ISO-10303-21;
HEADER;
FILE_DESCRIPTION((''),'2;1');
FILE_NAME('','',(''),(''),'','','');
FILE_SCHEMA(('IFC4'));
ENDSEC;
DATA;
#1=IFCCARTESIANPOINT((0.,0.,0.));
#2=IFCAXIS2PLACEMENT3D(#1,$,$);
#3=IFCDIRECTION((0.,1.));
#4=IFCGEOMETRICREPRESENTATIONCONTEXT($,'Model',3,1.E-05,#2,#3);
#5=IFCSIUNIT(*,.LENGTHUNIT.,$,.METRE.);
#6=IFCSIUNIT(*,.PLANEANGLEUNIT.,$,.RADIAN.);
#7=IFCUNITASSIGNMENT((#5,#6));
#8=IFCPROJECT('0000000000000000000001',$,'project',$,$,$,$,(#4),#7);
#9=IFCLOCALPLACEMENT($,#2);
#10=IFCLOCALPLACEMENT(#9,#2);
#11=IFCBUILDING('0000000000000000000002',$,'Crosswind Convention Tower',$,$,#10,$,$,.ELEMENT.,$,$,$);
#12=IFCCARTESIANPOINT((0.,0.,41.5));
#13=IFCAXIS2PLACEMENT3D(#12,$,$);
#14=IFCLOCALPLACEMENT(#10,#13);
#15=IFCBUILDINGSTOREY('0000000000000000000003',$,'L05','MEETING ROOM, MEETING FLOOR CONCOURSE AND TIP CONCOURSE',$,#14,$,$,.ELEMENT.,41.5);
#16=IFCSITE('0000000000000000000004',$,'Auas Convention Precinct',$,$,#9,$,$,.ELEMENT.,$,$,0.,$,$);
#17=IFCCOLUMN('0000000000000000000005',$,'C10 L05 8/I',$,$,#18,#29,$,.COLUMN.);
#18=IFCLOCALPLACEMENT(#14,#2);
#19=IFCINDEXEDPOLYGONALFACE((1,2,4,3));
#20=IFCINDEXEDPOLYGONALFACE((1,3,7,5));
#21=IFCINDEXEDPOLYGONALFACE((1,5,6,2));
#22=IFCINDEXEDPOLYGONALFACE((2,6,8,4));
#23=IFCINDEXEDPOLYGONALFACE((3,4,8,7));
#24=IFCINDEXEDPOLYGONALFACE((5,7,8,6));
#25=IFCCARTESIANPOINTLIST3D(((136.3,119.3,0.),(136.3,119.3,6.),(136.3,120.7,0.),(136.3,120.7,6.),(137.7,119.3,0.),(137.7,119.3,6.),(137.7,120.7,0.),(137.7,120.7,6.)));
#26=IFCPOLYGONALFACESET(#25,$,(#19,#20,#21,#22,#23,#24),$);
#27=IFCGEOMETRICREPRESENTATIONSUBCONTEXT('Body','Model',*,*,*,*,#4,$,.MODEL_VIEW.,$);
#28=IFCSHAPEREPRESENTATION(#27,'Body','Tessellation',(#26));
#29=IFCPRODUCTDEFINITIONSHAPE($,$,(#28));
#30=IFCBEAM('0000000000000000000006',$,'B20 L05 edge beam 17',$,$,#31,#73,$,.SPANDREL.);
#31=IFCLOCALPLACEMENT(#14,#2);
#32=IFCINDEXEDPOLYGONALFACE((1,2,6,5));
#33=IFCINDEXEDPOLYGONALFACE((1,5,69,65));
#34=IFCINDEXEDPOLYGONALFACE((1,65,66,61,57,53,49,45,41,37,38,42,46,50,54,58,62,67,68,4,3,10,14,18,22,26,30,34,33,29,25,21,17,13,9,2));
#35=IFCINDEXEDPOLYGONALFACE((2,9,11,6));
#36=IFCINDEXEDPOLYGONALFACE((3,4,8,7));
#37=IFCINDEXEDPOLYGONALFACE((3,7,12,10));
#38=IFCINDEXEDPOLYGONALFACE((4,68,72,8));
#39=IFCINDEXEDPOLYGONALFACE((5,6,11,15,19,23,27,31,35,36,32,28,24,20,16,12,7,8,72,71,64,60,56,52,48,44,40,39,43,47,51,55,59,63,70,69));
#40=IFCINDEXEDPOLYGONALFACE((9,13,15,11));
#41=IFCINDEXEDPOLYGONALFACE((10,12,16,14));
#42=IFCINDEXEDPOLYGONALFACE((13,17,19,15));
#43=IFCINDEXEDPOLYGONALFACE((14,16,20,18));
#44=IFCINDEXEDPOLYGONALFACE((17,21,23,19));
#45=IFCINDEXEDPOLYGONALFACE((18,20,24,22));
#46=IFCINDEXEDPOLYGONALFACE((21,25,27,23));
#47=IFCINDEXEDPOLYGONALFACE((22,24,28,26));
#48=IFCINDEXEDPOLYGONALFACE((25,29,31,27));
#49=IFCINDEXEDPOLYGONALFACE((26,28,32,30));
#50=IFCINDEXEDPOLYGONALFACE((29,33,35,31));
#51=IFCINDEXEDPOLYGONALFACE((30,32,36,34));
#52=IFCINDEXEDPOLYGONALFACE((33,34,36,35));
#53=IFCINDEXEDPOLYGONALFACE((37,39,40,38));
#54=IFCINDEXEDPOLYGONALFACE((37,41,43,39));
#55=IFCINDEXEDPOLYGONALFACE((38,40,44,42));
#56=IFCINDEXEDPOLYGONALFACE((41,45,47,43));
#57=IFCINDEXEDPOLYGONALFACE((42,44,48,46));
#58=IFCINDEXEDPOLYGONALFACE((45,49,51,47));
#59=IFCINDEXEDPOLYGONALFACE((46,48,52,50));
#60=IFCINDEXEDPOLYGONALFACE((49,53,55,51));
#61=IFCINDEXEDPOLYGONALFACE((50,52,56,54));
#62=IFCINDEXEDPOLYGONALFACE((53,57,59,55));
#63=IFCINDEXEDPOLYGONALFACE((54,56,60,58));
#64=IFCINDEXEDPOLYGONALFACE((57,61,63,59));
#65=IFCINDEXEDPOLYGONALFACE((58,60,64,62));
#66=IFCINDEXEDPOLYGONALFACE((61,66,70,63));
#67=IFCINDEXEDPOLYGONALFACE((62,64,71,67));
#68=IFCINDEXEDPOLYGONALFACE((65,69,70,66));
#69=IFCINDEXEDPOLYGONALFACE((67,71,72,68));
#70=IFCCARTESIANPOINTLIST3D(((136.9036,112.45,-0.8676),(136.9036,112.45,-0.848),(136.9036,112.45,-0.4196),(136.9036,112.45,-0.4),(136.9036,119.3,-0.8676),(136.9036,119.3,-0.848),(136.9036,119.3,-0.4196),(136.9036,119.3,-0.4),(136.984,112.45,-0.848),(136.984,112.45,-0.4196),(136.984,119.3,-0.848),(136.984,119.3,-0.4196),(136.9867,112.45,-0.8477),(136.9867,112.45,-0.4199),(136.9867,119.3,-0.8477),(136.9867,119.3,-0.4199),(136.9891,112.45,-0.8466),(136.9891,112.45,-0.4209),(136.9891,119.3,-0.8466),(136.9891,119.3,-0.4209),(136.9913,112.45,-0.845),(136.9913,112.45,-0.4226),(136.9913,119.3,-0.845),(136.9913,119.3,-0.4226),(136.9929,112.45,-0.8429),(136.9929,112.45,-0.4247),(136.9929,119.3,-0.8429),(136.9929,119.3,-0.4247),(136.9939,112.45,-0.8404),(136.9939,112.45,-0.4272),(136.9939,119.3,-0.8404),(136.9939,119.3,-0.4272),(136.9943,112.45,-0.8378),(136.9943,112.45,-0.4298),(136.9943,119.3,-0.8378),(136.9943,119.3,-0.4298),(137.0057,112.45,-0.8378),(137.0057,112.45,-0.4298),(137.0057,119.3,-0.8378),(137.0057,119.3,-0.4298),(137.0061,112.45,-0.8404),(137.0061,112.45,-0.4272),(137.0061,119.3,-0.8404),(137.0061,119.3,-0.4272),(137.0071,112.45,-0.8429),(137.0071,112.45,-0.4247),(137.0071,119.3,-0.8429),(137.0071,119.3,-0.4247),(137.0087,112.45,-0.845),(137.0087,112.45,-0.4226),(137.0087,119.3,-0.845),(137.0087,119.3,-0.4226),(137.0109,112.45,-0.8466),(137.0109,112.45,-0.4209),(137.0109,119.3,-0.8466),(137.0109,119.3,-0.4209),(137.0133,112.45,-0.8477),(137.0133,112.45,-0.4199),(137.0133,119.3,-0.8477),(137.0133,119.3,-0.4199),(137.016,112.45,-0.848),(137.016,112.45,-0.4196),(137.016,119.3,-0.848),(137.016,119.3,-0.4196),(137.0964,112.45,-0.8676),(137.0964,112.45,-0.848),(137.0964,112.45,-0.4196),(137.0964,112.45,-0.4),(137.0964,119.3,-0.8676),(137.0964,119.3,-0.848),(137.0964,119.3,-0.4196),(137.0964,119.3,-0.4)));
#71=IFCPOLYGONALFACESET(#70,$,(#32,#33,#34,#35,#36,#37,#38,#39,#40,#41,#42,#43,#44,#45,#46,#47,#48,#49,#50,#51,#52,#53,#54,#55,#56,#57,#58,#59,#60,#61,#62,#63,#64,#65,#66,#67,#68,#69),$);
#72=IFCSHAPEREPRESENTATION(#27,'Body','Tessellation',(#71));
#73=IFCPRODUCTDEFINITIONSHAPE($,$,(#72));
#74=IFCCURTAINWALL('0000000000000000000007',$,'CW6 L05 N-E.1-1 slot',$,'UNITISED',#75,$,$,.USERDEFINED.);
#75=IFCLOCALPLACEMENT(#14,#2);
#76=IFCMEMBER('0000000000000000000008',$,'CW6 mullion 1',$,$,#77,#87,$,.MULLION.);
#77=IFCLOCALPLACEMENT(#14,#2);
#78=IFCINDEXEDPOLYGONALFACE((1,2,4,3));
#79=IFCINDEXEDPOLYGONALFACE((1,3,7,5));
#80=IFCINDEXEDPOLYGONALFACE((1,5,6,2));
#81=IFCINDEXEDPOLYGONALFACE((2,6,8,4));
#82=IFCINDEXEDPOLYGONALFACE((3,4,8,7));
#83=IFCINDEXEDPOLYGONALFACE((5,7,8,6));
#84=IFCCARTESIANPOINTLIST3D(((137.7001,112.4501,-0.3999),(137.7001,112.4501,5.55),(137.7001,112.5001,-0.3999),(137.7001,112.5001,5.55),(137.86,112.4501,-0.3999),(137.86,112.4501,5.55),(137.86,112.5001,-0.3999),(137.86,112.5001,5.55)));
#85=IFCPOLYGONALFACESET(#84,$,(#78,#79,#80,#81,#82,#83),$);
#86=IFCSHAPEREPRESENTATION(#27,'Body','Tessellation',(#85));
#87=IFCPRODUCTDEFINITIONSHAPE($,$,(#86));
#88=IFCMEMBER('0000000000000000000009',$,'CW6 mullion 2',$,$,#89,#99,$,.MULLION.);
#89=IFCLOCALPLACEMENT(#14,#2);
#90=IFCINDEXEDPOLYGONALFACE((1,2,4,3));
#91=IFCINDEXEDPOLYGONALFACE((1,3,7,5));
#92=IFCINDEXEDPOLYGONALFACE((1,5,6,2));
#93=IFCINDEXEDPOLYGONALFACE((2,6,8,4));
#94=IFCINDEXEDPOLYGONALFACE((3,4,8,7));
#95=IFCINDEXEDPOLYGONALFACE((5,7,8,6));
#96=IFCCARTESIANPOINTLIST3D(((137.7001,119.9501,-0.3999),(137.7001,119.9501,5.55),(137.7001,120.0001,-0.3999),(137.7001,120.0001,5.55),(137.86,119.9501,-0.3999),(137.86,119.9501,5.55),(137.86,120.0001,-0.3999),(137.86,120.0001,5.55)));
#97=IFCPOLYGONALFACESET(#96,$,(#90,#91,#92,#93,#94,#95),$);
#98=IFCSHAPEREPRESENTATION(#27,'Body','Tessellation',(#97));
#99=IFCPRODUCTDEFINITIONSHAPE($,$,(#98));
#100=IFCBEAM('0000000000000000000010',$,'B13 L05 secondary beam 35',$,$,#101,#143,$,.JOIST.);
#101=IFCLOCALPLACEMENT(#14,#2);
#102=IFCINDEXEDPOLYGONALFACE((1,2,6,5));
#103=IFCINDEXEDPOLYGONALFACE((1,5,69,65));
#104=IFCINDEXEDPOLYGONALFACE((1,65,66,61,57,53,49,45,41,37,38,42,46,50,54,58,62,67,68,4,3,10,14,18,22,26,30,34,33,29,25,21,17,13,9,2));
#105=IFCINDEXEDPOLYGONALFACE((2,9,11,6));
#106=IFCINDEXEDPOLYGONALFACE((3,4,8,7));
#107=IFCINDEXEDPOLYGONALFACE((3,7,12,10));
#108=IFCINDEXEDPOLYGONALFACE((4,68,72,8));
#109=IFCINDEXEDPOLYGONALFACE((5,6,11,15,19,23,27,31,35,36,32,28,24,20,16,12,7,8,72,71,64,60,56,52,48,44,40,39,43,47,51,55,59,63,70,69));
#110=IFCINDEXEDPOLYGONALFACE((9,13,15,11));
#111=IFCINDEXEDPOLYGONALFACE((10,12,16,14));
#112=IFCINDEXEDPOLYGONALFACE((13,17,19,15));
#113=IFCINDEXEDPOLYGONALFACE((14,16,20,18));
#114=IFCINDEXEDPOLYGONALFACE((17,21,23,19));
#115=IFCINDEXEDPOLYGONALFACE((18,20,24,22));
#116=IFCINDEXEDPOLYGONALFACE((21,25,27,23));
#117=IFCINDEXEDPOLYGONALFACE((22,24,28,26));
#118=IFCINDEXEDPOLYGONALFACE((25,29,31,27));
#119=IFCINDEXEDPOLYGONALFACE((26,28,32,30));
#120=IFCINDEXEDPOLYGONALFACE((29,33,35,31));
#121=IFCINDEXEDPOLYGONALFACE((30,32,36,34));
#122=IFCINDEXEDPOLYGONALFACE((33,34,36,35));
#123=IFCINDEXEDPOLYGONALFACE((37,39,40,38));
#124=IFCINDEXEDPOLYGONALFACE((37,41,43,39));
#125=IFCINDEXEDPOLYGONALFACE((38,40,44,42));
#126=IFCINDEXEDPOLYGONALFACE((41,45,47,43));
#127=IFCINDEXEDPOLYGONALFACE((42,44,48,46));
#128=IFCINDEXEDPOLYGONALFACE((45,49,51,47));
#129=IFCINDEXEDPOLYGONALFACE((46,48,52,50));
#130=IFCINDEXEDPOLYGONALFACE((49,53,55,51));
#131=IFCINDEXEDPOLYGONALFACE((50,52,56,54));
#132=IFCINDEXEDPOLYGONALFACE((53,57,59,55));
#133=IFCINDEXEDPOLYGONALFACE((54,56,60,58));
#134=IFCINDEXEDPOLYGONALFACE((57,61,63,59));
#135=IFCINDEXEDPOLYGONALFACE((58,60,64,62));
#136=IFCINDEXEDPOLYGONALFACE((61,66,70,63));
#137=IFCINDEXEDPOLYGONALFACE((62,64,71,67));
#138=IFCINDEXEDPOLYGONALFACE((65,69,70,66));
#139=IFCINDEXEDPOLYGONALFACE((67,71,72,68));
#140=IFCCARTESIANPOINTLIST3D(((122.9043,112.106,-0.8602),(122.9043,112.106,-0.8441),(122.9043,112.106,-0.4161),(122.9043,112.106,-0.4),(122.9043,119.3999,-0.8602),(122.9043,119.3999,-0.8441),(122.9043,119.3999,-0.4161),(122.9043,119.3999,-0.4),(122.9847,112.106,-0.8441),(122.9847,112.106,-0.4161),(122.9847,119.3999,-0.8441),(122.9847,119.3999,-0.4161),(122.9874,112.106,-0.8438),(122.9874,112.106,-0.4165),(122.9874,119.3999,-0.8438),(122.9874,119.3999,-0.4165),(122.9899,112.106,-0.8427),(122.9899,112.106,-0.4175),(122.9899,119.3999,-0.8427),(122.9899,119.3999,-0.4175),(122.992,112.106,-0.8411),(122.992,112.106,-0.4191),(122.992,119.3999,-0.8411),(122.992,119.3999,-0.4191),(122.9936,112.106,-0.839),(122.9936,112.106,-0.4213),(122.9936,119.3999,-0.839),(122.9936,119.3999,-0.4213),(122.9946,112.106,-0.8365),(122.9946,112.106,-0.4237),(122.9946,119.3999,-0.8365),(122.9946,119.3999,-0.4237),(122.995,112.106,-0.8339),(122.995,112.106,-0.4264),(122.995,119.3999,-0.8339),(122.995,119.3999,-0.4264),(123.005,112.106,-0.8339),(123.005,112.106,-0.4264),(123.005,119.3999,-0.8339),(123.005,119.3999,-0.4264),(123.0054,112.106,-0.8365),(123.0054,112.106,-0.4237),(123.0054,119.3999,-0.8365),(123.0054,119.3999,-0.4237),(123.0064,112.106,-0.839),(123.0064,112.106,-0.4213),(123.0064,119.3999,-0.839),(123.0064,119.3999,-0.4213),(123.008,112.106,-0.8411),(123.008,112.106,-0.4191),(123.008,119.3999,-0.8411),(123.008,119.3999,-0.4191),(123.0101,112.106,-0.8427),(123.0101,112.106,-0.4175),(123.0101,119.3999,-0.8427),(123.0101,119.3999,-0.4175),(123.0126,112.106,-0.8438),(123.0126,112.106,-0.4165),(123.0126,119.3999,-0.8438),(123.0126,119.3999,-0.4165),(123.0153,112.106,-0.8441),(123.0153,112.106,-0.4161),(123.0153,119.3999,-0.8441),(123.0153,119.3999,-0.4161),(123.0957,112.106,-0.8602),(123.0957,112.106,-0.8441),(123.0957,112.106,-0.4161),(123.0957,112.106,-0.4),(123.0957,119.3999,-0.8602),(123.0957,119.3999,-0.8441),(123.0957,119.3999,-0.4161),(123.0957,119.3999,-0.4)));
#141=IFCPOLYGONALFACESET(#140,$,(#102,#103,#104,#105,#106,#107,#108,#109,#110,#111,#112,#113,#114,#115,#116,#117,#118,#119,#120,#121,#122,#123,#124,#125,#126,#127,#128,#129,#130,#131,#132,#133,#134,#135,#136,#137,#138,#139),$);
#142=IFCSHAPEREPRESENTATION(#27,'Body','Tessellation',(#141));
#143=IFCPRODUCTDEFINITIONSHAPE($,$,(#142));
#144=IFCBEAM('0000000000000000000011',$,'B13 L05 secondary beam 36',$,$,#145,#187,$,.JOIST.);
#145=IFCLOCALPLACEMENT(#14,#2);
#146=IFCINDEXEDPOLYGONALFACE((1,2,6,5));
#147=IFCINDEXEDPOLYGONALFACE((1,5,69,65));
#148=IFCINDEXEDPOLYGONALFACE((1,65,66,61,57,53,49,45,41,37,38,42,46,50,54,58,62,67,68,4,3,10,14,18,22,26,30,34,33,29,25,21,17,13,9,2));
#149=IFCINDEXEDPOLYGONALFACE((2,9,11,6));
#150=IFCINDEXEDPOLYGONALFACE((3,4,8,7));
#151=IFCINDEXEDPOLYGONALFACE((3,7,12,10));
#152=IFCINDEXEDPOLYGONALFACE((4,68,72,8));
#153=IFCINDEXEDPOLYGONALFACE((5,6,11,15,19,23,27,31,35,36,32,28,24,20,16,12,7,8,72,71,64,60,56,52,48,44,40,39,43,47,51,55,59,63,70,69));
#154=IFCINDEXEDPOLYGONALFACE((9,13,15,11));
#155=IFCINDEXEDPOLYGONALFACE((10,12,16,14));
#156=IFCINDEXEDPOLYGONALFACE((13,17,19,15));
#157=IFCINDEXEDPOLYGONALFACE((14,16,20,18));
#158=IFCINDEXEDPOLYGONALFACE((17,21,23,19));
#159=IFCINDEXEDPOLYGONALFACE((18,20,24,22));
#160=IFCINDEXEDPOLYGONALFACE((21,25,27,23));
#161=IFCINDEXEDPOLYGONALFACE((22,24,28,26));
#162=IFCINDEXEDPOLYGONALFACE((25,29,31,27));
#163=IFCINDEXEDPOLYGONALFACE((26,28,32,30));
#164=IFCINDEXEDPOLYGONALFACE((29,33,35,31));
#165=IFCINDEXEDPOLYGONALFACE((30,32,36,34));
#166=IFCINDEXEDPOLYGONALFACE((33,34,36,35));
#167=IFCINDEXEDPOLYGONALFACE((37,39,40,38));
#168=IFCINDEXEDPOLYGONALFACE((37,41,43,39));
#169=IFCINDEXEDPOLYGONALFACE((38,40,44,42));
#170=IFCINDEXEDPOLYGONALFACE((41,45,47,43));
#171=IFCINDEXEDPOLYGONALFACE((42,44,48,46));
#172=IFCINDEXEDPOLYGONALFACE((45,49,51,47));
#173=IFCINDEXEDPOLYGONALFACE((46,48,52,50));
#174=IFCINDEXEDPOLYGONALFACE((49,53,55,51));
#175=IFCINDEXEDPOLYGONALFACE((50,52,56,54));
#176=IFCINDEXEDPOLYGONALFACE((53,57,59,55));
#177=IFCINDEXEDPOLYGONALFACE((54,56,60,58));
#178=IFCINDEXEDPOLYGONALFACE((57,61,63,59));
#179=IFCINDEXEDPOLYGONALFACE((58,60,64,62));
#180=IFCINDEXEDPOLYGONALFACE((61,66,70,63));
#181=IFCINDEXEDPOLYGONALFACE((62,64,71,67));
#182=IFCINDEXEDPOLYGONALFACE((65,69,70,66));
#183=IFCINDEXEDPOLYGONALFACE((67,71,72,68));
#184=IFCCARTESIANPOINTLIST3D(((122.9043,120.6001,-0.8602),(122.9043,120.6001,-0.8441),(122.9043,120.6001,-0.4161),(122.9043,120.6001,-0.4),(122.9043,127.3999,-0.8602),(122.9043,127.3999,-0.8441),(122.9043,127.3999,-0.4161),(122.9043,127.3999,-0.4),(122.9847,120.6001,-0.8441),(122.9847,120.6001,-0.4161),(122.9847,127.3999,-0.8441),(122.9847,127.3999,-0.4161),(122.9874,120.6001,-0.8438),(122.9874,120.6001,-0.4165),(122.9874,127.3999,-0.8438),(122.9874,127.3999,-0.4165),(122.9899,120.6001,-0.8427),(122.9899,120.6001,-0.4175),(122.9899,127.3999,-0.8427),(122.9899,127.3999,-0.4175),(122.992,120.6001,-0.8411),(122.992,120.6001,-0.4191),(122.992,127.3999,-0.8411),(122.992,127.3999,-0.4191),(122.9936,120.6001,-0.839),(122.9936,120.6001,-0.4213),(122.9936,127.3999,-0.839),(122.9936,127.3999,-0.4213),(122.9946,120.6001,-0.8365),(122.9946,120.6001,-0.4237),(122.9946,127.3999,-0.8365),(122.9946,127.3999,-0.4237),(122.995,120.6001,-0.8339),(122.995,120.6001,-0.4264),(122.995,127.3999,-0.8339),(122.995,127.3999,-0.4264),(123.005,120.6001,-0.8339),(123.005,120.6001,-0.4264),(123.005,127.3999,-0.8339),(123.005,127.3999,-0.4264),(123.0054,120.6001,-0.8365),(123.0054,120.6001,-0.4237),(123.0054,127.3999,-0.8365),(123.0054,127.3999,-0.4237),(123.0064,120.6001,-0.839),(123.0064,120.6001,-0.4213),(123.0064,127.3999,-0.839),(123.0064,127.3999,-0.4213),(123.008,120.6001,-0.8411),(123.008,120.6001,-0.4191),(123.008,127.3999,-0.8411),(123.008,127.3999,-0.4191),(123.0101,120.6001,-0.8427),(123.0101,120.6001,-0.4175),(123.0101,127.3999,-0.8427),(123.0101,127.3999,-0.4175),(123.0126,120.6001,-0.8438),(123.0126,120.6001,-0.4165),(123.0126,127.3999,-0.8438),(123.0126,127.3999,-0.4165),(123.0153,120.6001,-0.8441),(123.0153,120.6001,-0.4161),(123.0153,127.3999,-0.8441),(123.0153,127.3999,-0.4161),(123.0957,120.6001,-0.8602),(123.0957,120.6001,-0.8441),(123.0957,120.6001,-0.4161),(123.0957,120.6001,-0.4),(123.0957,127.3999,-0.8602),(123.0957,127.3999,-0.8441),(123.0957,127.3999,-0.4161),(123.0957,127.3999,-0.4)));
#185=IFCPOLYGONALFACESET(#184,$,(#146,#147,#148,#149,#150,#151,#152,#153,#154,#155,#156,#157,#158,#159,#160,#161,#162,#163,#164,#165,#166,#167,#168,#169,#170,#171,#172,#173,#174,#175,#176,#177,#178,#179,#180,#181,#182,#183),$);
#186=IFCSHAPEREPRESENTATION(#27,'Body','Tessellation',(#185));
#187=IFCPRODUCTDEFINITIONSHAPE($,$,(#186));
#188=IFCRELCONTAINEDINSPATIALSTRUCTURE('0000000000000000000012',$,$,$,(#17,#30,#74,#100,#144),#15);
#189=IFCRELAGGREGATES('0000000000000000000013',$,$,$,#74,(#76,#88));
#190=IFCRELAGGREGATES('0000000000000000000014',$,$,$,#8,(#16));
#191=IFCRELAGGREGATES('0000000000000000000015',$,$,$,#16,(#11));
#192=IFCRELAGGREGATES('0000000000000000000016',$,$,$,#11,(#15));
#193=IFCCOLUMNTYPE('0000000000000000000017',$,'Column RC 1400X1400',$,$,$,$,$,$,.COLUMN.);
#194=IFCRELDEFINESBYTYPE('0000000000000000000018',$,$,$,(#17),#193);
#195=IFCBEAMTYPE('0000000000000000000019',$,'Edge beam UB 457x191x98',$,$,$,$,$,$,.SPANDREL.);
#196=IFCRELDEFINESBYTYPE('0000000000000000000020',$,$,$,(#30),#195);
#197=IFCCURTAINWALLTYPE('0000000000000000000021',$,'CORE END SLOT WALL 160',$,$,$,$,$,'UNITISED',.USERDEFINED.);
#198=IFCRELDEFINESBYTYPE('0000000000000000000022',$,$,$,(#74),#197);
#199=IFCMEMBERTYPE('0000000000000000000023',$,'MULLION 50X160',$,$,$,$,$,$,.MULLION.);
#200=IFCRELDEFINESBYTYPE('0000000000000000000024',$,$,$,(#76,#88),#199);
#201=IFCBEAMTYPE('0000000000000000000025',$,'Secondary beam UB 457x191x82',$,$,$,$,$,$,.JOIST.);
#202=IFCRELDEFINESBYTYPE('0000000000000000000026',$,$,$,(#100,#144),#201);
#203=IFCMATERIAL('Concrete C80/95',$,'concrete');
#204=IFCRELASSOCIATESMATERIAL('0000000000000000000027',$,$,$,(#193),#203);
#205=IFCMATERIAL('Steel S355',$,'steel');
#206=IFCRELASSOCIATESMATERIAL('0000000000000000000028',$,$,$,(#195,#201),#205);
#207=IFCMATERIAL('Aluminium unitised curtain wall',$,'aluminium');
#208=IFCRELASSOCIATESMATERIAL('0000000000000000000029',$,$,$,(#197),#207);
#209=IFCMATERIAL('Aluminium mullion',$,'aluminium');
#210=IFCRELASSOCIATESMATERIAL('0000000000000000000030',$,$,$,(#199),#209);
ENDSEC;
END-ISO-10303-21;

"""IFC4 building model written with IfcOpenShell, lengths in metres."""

from ifc_helpers import new_model, si_unit, direction, frame, origin, origin_2d, place, context, subcontext, project, spatial, rectangle, i_section, extrude, material, material_profile, profile_set, type_object, element, aggregate, save


model = new_model("IFC4")

# Units and contexts
model_context = context("Model", 3, precision=1e-05, world=origin(), true_north=direction((0.0, 1.0)))
body_context = subcontext(model_context, "Body", "Model", "MODEL_VIEW")
ifc_project = project(units=[si_unit("LENGTHUNIT", "METRE"), si_unit("PLANEANGLEUNIT", "RADIAN")], contexts=[model_context])

# Site, building, storey
site_placement = place(None, origin())
site = spatial("IfcSite", under=ifc_project, at=site_placement, Name="Auas Convention Precinct", CompositionType="ELEMENT", RefElevation=0.0)
building_placement = place(site_placement, origin())
building = spatial("IfcBuilding", under=site, at=building_placement, Name="Crosswind Convention Tower", CompositionType="ELEMENT")
storey_placement = place(building_placement, frame((0.0, 0.0, 41.5)))
storey = spatial("IfcBuildingStorey", under=building, at=storey_placement, Name="L05", Description="MEETING ROOM, MEETING FLOOR CONCOURSE AND TIP CONCOURSE", CompositionType="ELEMENT", Elevation=41.5)

# Column
ifc_material_1 = material(Name="Concrete C80/95", Category="concrete")
ifc_material_profile_1 = material_profile(ifc_material_1, rectangle(XDim=1.3999, YDim=1.3999, at=origin_2d()), Name="RC 1400X1400")
ifc_profile_set_1 = profile_set([ifc_material_profile_1], Name="Concrete C80/95")
column_type = type_object("IfcColumnType", Name="Column RC 1400X1400", PredefinedType="COLUMN", material=ifc_profile_set_1)
column_placement = place(storey_placement, frame((137.0, 120.0, 0.0), z_axis=(0.0, 0.0, 1.0), x_axis=(1.0, 0.0, 0.0)))
element("IfcColumn", 1, at=column_placement, inside=storey, type_object=column_type, Name="C10 L05 8/I", PredefinedType="COLUMN", context=body_context, shape_type="SweptSolid", body=[
    extrude(rectangle(XDim=1.3999, YDim=1.3999, at=origin_2d()), origin(), (0.0, 0.0, 1.0), 6.0),
])

# Beam
ifc_material_2 = material(Name="Steel S355", Category="steel")
ifc_material_profile_2 = material_profile(ifc_material_2, i_section(OverallWidth=0.1929, OverallDepth=0.4675, WebThickness=0.0115, FlangeThickness=0.0195, FilletRadius=0.0103, at=origin_2d()), Name="UB 457x191x98")
ifc_profile_set_2 = profile_set([ifc_material_profile_2], Name="Steel S355")
beam_type_1 = type_object("IfcBeamType", Name="Edge beam UB 457x191x98", PredefinedType="SPANDREL", material=ifc_profile_set_2)
beam_1_placement = place(storey_placement, frame((137.0, 112.45, -0.6338), z_axis=(0.0, 1.0, 0.0), x_axis=(-1.0, 0.0, 0.0)))
element("IfcBeam", 2, at=beam_1_placement, inside=storey, type_object=beam_type_1, Name="B20 L05 edge beam 17", PredefinedType="SPANDREL", context=body_context, shape_type="SweptSolid", body=[
    extrude(i_section(OverallWidth=0.1929, OverallDepth=0.4675, WebThickness=0.0115, FlangeThickness=0.0195, FilletRadius=0.0103, at=origin_2d()), origin(), (0.0, 0.0, 1.0), 6.8501),
])

# Curtain wall, members
ifc_material_3 = material(Name="Aluminium unitised curtain wall", Category="aluminium")
curtain_wall_type = type_object("IfcCurtainWallType", Name="CORE END SLOT WALL 160", ElementType="UNITISED", PredefinedType="USERDEFINED", material=ifc_material_3)
curtain_wall_placement = place(storey_placement, origin())
curtain_wall = element("IfcCurtainWall", 3, at=curtain_wall_placement, inside=storey, type_object=curtain_wall_type, Name="CW6 L05 N-E.1-1 slot", ObjectType="UNITISED", PredefinedType="USERDEFINED")
ifc_material_4 = material(Name="Aluminium mullion", Category="aluminium")
ifc_material_profile_3 = material_profile(ifc_material_4, rectangle(XDim=0.1599, YDim=0.05, at=origin_2d()), Name="AL 160X50")
ifc_profile_set_3 = profile_set([ifc_material_profile_3], Name="Aluminium mullion")
member_type_1 = type_object("IfcMemberType", Name="MULLION 50X160", PredefinedType="MULLION", material=ifc_profile_set_3)
member_1_placement = place(storey_placement, frame((137.78, 112.4751, -0.3999), z_axis=(0.0, 0.0, 1.0), x_axis=(1.0, 0.0, 0.0)))
member_1 = element("IfcMember", 4, at=member_1_placement, type_object=member_type_1, Name="CW6 mullion 1", PredefinedType="MULLION", context=body_context, shape_type="SweptSolid", body=[
    extrude(rectangle(XDim=0.1599, YDim=0.05, at=origin_2d()), origin(), (0.0, 0.0, 1.0), 5.95),
])
member_2_placement = place(storey_placement, frame((137.78, 119.9751, -0.3999), z_axis=(0.0, 0.0, 1.0), x_axis=(1.0, 0.0, 0.0)))
member_2 = element("IfcMember", 5, at=member_2_placement, type_object=member_type_1, Name="CW6 mullion 2", PredefinedType="MULLION", context=body_context, shape_type="SweptSolid", body=[
    extrude(rectangle(XDim=0.1599, YDim=0.05, at=origin_2d()), origin(), (0.0, 0.0, 1.0), 5.95),
])

# Beams
ifc_material_profile_4 = material_profile(ifc_material_2, i_section(OverallWidth=0.1914, OverallDepth=0.4602, WebThickness=0.01, FlangeThickness=0.0161, FilletRadius=0.0103, at=origin_2d()), Name="UB 457x191x82")
ifc_profile_set_4 = profile_set([ifc_material_profile_4], Name="Steel S355")
beam_type_2 = type_object("IfcBeamType", Name="Secondary beam UB 457x191x82", PredefinedType="JOIST", material=ifc_profile_set_4)
beam_2_placement = place(storey_placement, frame((123.0, 112.106, -0.6301), z_axis=(0.0, 1.0, 0.0), x_axis=(-1.0, 0.0, 0.0)))
element("IfcBeam", 6, at=beam_2_placement, inside=storey, type_object=beam_type_2, Name="B13 L05 secondary beam 35", PredefinedType="JOIST", context=body_context, shape_type="SweptSolid", body=[
    extrude(i_section(OverallWidth=0.1914, OverallDepth=0.4602, WebThickness=0.01, FlangeThickness=0.0161, FilletRadius=0.0103, at=origin_2d()), origin(), (0.0, 0.0, 1.0), 7.2939),
])
beam_3_placement = place(storey_placement, frame((123.0, 120.6001, -0.6301), z_axis=(0.0, 1.0, 0.0), x_axis=(-1.0, 0.0, 0.0)))
element("IfcBeam", 7, at=beam_3_placement, inside=storey, type_object=beam_type_2, Name="B13 L05 secondary beam 36", PredefinedType="JOIST", context=body_context, shape_type="SweptSolid", body=[
    extrude(i_section(OverallWidth=0.1914, OverallDepth=0.4602, WebThickness=0.01, FlangeThickness=0.0161, FilletRadius=0.0103, at=origin_2d()), origin(), (0.0, 0.0, 1.0), 6.7998),
])

aggregate(curtain_wall, [member_1, member_2])

save(model, "model.ifc")
